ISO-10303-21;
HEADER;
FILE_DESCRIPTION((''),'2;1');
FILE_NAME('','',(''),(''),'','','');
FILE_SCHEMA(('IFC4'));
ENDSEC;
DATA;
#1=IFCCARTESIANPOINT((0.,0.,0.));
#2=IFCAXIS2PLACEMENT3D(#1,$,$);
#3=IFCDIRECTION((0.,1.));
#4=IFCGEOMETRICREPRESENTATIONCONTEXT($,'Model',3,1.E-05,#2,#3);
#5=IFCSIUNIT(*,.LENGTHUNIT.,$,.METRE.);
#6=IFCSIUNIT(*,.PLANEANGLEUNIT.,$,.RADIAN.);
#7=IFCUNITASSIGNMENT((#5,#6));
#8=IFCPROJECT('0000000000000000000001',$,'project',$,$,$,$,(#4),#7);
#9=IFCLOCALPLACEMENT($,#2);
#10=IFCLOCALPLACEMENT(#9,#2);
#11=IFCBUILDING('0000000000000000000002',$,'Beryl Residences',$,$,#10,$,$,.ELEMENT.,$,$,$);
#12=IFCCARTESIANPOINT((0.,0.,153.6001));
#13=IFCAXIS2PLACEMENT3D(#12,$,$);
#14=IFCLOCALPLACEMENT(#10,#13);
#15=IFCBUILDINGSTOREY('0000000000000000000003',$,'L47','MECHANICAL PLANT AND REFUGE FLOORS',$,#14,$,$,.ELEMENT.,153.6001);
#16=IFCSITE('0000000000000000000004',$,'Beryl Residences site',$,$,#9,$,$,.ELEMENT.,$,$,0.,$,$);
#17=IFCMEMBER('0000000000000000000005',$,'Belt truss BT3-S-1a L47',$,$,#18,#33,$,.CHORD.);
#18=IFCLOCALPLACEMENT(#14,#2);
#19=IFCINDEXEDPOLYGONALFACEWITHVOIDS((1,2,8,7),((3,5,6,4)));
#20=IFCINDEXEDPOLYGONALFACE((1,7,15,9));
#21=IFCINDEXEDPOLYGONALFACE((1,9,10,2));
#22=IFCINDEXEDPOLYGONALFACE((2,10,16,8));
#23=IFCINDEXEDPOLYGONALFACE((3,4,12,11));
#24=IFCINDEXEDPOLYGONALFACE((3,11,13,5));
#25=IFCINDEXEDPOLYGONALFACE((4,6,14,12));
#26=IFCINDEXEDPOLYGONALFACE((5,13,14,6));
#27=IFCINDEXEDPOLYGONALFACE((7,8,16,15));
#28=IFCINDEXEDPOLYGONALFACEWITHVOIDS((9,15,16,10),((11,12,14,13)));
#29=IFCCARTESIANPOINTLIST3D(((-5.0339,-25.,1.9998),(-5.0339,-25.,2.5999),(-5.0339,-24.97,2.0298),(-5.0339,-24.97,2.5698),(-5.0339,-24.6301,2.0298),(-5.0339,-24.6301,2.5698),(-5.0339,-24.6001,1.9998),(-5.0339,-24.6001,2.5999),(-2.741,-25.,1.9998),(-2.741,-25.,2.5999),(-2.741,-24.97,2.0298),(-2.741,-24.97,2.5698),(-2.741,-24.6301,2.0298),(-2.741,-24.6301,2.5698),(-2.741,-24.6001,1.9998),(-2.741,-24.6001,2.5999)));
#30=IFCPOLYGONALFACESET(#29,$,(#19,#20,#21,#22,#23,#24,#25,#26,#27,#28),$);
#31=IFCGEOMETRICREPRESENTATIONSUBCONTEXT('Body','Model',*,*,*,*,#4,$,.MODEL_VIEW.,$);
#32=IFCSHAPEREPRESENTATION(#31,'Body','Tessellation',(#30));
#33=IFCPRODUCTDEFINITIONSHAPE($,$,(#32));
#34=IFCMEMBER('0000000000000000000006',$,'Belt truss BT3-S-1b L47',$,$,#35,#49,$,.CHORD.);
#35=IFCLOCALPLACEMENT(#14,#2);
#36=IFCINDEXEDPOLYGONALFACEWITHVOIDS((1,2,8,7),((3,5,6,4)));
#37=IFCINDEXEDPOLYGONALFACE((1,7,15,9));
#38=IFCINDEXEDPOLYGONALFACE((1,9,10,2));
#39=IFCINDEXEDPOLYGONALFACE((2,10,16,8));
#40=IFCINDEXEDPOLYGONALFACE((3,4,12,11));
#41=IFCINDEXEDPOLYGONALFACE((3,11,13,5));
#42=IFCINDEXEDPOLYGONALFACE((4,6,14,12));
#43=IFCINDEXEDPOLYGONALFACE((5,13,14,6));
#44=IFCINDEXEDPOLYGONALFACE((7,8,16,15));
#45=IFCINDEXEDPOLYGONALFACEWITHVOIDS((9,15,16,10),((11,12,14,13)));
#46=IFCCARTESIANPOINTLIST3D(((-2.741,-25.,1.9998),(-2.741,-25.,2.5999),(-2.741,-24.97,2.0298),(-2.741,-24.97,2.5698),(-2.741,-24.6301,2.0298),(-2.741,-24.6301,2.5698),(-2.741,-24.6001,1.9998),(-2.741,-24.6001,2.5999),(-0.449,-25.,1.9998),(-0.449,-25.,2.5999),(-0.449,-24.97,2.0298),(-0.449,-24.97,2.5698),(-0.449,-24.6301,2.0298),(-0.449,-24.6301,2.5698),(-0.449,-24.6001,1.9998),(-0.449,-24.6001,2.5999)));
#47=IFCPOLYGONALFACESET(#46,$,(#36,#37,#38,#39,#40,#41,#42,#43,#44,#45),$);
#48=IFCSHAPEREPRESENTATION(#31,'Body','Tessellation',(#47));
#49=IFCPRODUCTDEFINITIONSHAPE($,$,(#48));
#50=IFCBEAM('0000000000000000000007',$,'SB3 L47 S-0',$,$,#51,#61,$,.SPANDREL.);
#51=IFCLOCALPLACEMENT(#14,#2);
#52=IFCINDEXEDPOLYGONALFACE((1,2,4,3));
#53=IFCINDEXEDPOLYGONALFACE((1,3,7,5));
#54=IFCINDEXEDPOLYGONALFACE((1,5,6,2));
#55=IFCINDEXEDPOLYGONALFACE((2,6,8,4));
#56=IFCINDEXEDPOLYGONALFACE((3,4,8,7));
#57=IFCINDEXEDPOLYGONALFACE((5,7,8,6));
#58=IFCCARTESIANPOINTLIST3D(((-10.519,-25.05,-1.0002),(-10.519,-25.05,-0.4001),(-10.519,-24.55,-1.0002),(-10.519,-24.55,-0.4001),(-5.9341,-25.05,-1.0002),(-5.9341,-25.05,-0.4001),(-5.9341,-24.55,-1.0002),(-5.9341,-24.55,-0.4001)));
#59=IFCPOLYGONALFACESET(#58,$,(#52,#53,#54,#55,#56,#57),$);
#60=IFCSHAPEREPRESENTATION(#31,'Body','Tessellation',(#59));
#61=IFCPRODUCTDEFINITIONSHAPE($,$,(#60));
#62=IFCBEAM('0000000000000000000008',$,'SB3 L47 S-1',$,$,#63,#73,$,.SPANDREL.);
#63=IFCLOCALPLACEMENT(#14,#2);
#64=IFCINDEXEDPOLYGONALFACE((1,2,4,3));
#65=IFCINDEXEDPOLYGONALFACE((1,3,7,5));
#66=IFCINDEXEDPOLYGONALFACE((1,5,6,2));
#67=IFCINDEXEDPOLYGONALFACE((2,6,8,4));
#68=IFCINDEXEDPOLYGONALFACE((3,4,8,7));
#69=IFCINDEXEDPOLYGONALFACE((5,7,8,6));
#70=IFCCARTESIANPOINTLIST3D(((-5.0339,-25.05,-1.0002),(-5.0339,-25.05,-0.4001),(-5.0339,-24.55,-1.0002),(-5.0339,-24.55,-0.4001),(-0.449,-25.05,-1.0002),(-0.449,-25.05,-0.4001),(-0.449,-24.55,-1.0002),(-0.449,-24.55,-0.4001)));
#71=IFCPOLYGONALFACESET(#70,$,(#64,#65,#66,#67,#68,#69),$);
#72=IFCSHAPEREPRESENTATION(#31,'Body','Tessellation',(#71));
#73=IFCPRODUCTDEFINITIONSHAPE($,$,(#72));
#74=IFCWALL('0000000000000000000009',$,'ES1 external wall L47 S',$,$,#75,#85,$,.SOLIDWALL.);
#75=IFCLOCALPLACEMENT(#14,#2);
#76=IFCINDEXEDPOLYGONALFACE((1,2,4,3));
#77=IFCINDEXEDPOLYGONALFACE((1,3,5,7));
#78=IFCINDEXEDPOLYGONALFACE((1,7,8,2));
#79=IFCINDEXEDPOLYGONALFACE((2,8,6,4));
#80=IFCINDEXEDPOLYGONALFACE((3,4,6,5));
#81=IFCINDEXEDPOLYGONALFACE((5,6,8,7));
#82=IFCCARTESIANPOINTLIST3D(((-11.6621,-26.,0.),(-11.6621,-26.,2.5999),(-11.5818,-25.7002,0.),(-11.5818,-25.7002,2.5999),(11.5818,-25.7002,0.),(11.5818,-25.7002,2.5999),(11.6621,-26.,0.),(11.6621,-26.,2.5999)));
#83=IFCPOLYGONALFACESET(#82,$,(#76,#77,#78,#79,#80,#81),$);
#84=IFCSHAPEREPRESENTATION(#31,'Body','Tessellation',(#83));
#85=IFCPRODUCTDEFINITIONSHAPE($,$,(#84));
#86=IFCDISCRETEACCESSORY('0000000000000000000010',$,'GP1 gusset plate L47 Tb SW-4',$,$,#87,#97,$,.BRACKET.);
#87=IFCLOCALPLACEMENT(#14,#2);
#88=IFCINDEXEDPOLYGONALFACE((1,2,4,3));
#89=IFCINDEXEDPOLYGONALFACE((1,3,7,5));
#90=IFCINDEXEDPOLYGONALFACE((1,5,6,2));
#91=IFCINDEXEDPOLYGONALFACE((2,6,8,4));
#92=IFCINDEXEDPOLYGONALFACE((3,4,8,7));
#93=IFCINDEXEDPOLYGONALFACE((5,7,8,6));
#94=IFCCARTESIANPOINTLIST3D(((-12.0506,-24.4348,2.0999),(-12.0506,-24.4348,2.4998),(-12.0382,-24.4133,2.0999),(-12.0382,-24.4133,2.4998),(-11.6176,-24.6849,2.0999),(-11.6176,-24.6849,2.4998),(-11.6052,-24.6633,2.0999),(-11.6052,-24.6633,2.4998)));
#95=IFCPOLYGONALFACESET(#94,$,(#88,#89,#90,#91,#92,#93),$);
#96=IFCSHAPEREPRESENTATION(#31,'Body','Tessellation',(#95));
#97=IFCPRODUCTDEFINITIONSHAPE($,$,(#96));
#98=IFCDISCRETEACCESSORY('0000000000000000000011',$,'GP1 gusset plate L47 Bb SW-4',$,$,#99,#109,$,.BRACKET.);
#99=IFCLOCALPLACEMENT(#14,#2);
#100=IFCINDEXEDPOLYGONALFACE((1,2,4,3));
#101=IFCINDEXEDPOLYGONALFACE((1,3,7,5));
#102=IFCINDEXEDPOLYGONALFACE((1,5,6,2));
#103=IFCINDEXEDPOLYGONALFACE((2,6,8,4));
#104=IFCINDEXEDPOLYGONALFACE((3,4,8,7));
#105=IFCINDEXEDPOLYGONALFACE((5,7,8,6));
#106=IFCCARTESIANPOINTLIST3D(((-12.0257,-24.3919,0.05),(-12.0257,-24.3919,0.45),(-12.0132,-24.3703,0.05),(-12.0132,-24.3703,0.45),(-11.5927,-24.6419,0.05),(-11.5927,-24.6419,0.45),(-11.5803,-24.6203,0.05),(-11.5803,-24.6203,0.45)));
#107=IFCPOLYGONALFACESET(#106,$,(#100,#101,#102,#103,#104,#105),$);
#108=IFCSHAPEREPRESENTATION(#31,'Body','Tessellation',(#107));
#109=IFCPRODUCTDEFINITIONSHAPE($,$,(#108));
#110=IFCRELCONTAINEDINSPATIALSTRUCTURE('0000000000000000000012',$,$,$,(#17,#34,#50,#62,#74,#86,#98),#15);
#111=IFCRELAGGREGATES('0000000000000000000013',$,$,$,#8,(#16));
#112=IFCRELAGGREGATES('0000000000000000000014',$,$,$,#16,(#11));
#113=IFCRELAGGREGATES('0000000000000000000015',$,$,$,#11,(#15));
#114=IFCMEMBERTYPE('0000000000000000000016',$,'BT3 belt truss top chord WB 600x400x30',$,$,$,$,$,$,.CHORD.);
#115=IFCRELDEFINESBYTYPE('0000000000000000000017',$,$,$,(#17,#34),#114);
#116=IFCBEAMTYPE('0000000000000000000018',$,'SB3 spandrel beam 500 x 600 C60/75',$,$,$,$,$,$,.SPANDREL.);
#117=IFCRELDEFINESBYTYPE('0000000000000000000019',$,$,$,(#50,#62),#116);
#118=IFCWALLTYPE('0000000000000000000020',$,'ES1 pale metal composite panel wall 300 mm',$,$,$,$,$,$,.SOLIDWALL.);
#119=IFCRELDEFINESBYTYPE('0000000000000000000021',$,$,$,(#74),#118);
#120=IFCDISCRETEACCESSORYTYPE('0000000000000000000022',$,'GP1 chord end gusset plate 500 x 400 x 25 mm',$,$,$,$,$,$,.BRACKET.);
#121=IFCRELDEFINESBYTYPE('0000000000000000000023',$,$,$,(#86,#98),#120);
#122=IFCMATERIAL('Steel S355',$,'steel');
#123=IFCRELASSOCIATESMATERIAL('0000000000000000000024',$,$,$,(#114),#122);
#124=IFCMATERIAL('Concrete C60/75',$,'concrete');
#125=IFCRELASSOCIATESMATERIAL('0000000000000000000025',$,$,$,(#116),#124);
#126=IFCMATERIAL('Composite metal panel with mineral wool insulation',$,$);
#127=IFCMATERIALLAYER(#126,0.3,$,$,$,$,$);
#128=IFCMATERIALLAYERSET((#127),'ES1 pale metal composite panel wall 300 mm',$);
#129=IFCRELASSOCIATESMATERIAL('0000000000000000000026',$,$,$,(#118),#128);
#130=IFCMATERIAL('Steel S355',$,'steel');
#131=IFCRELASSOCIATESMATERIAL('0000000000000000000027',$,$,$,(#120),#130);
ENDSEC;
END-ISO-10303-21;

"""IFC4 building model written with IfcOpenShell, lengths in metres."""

from ifc_helpers import new_model, si_unit, direction, frame, origin, origin_2d, place, context, subcontext, project, spatial, polyline, rectangle, hollow_rectangle, outline, extrude, material, layer, layer_set, material_profile, profile_set, type_object, element, save


model = new_model("IFC4")

# Units and contexts
model_context = context("Model", 3, precision=1e-05, world=origin(), true_north=direction((0.0, 1.0)))
body_context = subcontext(model_context, "Body", "Model", "MODEL_VIEW")
ifc_project = project(units=[si_unit("LENGTHUNIT", "METRE"), si_unit("PLANEANGLEUNIT", "RADIAN")], contexts=[model_context])

# Site, building, storey
site_placement = place(None, origin())
site = spatial("IfcSite", under=ifc_project, at=site_placement, Name="Beryl Residences site", CompositionType="ELEMENT", RefElevation=0.0)
building_placement = place(site_placement, origin())
building = spatial("IfcBuilding", under=site, at=building_placement, Name="Beryl Residences", CompositionType="ELEMENT")
storey_placement = place(building_placement, frame((0.0, 0.0, 153.6001)))
storey = spatial("IfcBuildingStorey", under=building, at=storey_placement, Name="L47", Description="MECHANICAL PLANT AND REFUGE FLOORS", CompositionType="ELEMENT", Elevation=153.6001)

# Members
ifc_material_1 = material(Name="Steel S355", Category="steel")
ifc_material_profile_1 = material_profile(ifc_material_1, hollow_rectangle(XDim=0.3999, YDim=0.6001, WallThickness=0.03, at=origin_2d()))
ifc_profile_set_1 = profile_set([ifc_material_profile_1], Name="Steel S355")
member_type_1 = type_object("IfcMemberType", Name="BT3 belt truss top chord WB 600x400x30", PredefinedType="CHORD", material=ifc_profile_set_1)
member_1_placement = place(storey_placement, frame((-5.0339, -24.8, 2.2998), z_axis=(1.0, 0.0, 0.0), x_axis=(0.0, 1.0, 0.0)))
element("IfcMember", 1, at=member_1_placement, inside=storey, type_object=member_type_1, Name="Belt truss BT3-S-1a L47", PredefinedType="CHORD", context=body_context, shape_type="SweptSolid", body=[
    extrude(hollow_rectangle(XDim=0.3999, YDim=0.6001, WallThickness=0.03, at=origin_2d()), origin(), (0.0, 0.0, 1.0), 2.293),
])
member_2_placement = place(storey_placement, frame((-2.741, -24.8, 2.2998), z_axis=(1.0, 0.0, 0.0), x_axis=(0.0, 1.0, 0.0)))
element("IfcMember", 2, at=member_2_placement, inside=storey, type_object=member_type_1, Name="Belt truss BT3-S-1b L47", PredefinedType="CHORD", context=body_context, shape_type="SweptSolid", body=[
    extrude(hollow_rectangle(XDim=0.3999, YDim=0.6001, WallThickness=0.03, at=origin_2d()), origin(), (0.0, 0.0, 1.0), 2.292),
])

# Beams
ifc_material_2 = material(Name="Concrete C60/75", Category="concrete")
ifc_material_profile_2 = material_profile(ifc_material_2, rectangle(XDim=0.5, YDim=0.6001, at=origin_2d()))
ifc_profile_set_2 = profile_set([ifc_material_profile_2], Name="Concrete C60/75")
beam_type = type_object("IfcBeamType", Name="SB3 spandrel beam 500 x 600 C60/75", PredefinedType="SPANDREL", material=ifc_profile_set_2)
for number, where, z_axis, x_axis, name in (
    (3, (-10.519, -24.8, -0.7002), (1.0, 0.0, 0.0), (0.0, 1.0, 0.0), "SB3 L47 S-0"),
    (4, (-5.0339, -24.8, -0.7002), (1.0, 0.0, 0.0), (0.0, 1.0, 0.0), "SB3 L47 S-1"),
):
    element("IfcBeam", number, at=place(storey_placement, frame(where, z_axis=z_axis, x_axis=x_axis)), inside=storey, type_object=beam_type, Name=name, PredefinedType="SPANDREL", context=body_context, shape_type="SweptSolid", body=[
        extrude(rectangle(XDim=0.5, YDim=0.6001, at=origin_2d()), origin(), (0.0, 0.0, 1.0), 4.585),
    ])

# Wall
ifc_material_3 = material(Name="Composite metal panel with mineral wool insulation")
ifc_layer = layer(ifc_material_3, 0.3)
ifc_layer_set = layer_set([ifc_layer], Name="ES1 pale metal composite panel wall 300 mm")
wall_type = type_object("IfcWallType", Name="ES1 pale metal composite panel wall 300 mm", PredefinedType="SOLIDWALL", material=ifc_layer_set)
wall_placement = place(storey_placement, frame((-11.6621, -25.8501, 0.0), z_axis=(0.0, 0.0, 1.0), x_axis=(1.0, 0.0, 0.0)))
element("IfcWall", 5, at=wall_placement, inside=storey, type_object=wall_type, Name="ES1 external wall L47 S", PredefinedType="SOLIDWALL", context=body_context, shape_type="SweptSolid", body=[
    extrude(outline(polyline([(0.0, -0.1499), (23.3242, -0.1499), (23.2439, 0.1499), (0.0803, 0.1499), (0.0, -0.1499)])), origin(), (0.0, 0.0, 1.0), 2.5999),
])

# Discrete accessories
ifc_material_4 = material(Name="Steel S355", Category="steel")
discrete_accessory_type = type_object("IfcDiscreteAccessoryType", Name="GP1 chord end gusset plate 500 x 400 x 25 mm", PredefinedType="BRACKET", material=ifc_material_4)
for number, where, z_axis, x_axis, name in (
    (6, (-11.8279, -24.5491, 2.0999), (0.0, 0.0, 1.0), (-0.865983, 0.500074, 0.0), "GP1 gusset plate L47 Tb SW-4"),
    (7, (-11.803, -24.5061, 0.05), (0.0, 0.0, 1.0), (-0.865983, 0.500074, 0.0), "GP1 gusset plate L47 Bb SW-4"),
):
    element("IfcDiscreteAccessory", number, at=place(storey_placement, frame(where, z_axis=z_axis, x_axis=x_axis)), inside=storey, type_object=discrete_accessory_type, Name=name, PredefinedType="BRACKET", context=body_context, shape_type="SweptSolid", body=[
        extrude(rectangle(XDim=0.5, YDim=0.0249, at=origin_2d()), origin(), (0.0, 0.0, 1.0), 0.3999),
    ])

save(model, "model.ifc")
